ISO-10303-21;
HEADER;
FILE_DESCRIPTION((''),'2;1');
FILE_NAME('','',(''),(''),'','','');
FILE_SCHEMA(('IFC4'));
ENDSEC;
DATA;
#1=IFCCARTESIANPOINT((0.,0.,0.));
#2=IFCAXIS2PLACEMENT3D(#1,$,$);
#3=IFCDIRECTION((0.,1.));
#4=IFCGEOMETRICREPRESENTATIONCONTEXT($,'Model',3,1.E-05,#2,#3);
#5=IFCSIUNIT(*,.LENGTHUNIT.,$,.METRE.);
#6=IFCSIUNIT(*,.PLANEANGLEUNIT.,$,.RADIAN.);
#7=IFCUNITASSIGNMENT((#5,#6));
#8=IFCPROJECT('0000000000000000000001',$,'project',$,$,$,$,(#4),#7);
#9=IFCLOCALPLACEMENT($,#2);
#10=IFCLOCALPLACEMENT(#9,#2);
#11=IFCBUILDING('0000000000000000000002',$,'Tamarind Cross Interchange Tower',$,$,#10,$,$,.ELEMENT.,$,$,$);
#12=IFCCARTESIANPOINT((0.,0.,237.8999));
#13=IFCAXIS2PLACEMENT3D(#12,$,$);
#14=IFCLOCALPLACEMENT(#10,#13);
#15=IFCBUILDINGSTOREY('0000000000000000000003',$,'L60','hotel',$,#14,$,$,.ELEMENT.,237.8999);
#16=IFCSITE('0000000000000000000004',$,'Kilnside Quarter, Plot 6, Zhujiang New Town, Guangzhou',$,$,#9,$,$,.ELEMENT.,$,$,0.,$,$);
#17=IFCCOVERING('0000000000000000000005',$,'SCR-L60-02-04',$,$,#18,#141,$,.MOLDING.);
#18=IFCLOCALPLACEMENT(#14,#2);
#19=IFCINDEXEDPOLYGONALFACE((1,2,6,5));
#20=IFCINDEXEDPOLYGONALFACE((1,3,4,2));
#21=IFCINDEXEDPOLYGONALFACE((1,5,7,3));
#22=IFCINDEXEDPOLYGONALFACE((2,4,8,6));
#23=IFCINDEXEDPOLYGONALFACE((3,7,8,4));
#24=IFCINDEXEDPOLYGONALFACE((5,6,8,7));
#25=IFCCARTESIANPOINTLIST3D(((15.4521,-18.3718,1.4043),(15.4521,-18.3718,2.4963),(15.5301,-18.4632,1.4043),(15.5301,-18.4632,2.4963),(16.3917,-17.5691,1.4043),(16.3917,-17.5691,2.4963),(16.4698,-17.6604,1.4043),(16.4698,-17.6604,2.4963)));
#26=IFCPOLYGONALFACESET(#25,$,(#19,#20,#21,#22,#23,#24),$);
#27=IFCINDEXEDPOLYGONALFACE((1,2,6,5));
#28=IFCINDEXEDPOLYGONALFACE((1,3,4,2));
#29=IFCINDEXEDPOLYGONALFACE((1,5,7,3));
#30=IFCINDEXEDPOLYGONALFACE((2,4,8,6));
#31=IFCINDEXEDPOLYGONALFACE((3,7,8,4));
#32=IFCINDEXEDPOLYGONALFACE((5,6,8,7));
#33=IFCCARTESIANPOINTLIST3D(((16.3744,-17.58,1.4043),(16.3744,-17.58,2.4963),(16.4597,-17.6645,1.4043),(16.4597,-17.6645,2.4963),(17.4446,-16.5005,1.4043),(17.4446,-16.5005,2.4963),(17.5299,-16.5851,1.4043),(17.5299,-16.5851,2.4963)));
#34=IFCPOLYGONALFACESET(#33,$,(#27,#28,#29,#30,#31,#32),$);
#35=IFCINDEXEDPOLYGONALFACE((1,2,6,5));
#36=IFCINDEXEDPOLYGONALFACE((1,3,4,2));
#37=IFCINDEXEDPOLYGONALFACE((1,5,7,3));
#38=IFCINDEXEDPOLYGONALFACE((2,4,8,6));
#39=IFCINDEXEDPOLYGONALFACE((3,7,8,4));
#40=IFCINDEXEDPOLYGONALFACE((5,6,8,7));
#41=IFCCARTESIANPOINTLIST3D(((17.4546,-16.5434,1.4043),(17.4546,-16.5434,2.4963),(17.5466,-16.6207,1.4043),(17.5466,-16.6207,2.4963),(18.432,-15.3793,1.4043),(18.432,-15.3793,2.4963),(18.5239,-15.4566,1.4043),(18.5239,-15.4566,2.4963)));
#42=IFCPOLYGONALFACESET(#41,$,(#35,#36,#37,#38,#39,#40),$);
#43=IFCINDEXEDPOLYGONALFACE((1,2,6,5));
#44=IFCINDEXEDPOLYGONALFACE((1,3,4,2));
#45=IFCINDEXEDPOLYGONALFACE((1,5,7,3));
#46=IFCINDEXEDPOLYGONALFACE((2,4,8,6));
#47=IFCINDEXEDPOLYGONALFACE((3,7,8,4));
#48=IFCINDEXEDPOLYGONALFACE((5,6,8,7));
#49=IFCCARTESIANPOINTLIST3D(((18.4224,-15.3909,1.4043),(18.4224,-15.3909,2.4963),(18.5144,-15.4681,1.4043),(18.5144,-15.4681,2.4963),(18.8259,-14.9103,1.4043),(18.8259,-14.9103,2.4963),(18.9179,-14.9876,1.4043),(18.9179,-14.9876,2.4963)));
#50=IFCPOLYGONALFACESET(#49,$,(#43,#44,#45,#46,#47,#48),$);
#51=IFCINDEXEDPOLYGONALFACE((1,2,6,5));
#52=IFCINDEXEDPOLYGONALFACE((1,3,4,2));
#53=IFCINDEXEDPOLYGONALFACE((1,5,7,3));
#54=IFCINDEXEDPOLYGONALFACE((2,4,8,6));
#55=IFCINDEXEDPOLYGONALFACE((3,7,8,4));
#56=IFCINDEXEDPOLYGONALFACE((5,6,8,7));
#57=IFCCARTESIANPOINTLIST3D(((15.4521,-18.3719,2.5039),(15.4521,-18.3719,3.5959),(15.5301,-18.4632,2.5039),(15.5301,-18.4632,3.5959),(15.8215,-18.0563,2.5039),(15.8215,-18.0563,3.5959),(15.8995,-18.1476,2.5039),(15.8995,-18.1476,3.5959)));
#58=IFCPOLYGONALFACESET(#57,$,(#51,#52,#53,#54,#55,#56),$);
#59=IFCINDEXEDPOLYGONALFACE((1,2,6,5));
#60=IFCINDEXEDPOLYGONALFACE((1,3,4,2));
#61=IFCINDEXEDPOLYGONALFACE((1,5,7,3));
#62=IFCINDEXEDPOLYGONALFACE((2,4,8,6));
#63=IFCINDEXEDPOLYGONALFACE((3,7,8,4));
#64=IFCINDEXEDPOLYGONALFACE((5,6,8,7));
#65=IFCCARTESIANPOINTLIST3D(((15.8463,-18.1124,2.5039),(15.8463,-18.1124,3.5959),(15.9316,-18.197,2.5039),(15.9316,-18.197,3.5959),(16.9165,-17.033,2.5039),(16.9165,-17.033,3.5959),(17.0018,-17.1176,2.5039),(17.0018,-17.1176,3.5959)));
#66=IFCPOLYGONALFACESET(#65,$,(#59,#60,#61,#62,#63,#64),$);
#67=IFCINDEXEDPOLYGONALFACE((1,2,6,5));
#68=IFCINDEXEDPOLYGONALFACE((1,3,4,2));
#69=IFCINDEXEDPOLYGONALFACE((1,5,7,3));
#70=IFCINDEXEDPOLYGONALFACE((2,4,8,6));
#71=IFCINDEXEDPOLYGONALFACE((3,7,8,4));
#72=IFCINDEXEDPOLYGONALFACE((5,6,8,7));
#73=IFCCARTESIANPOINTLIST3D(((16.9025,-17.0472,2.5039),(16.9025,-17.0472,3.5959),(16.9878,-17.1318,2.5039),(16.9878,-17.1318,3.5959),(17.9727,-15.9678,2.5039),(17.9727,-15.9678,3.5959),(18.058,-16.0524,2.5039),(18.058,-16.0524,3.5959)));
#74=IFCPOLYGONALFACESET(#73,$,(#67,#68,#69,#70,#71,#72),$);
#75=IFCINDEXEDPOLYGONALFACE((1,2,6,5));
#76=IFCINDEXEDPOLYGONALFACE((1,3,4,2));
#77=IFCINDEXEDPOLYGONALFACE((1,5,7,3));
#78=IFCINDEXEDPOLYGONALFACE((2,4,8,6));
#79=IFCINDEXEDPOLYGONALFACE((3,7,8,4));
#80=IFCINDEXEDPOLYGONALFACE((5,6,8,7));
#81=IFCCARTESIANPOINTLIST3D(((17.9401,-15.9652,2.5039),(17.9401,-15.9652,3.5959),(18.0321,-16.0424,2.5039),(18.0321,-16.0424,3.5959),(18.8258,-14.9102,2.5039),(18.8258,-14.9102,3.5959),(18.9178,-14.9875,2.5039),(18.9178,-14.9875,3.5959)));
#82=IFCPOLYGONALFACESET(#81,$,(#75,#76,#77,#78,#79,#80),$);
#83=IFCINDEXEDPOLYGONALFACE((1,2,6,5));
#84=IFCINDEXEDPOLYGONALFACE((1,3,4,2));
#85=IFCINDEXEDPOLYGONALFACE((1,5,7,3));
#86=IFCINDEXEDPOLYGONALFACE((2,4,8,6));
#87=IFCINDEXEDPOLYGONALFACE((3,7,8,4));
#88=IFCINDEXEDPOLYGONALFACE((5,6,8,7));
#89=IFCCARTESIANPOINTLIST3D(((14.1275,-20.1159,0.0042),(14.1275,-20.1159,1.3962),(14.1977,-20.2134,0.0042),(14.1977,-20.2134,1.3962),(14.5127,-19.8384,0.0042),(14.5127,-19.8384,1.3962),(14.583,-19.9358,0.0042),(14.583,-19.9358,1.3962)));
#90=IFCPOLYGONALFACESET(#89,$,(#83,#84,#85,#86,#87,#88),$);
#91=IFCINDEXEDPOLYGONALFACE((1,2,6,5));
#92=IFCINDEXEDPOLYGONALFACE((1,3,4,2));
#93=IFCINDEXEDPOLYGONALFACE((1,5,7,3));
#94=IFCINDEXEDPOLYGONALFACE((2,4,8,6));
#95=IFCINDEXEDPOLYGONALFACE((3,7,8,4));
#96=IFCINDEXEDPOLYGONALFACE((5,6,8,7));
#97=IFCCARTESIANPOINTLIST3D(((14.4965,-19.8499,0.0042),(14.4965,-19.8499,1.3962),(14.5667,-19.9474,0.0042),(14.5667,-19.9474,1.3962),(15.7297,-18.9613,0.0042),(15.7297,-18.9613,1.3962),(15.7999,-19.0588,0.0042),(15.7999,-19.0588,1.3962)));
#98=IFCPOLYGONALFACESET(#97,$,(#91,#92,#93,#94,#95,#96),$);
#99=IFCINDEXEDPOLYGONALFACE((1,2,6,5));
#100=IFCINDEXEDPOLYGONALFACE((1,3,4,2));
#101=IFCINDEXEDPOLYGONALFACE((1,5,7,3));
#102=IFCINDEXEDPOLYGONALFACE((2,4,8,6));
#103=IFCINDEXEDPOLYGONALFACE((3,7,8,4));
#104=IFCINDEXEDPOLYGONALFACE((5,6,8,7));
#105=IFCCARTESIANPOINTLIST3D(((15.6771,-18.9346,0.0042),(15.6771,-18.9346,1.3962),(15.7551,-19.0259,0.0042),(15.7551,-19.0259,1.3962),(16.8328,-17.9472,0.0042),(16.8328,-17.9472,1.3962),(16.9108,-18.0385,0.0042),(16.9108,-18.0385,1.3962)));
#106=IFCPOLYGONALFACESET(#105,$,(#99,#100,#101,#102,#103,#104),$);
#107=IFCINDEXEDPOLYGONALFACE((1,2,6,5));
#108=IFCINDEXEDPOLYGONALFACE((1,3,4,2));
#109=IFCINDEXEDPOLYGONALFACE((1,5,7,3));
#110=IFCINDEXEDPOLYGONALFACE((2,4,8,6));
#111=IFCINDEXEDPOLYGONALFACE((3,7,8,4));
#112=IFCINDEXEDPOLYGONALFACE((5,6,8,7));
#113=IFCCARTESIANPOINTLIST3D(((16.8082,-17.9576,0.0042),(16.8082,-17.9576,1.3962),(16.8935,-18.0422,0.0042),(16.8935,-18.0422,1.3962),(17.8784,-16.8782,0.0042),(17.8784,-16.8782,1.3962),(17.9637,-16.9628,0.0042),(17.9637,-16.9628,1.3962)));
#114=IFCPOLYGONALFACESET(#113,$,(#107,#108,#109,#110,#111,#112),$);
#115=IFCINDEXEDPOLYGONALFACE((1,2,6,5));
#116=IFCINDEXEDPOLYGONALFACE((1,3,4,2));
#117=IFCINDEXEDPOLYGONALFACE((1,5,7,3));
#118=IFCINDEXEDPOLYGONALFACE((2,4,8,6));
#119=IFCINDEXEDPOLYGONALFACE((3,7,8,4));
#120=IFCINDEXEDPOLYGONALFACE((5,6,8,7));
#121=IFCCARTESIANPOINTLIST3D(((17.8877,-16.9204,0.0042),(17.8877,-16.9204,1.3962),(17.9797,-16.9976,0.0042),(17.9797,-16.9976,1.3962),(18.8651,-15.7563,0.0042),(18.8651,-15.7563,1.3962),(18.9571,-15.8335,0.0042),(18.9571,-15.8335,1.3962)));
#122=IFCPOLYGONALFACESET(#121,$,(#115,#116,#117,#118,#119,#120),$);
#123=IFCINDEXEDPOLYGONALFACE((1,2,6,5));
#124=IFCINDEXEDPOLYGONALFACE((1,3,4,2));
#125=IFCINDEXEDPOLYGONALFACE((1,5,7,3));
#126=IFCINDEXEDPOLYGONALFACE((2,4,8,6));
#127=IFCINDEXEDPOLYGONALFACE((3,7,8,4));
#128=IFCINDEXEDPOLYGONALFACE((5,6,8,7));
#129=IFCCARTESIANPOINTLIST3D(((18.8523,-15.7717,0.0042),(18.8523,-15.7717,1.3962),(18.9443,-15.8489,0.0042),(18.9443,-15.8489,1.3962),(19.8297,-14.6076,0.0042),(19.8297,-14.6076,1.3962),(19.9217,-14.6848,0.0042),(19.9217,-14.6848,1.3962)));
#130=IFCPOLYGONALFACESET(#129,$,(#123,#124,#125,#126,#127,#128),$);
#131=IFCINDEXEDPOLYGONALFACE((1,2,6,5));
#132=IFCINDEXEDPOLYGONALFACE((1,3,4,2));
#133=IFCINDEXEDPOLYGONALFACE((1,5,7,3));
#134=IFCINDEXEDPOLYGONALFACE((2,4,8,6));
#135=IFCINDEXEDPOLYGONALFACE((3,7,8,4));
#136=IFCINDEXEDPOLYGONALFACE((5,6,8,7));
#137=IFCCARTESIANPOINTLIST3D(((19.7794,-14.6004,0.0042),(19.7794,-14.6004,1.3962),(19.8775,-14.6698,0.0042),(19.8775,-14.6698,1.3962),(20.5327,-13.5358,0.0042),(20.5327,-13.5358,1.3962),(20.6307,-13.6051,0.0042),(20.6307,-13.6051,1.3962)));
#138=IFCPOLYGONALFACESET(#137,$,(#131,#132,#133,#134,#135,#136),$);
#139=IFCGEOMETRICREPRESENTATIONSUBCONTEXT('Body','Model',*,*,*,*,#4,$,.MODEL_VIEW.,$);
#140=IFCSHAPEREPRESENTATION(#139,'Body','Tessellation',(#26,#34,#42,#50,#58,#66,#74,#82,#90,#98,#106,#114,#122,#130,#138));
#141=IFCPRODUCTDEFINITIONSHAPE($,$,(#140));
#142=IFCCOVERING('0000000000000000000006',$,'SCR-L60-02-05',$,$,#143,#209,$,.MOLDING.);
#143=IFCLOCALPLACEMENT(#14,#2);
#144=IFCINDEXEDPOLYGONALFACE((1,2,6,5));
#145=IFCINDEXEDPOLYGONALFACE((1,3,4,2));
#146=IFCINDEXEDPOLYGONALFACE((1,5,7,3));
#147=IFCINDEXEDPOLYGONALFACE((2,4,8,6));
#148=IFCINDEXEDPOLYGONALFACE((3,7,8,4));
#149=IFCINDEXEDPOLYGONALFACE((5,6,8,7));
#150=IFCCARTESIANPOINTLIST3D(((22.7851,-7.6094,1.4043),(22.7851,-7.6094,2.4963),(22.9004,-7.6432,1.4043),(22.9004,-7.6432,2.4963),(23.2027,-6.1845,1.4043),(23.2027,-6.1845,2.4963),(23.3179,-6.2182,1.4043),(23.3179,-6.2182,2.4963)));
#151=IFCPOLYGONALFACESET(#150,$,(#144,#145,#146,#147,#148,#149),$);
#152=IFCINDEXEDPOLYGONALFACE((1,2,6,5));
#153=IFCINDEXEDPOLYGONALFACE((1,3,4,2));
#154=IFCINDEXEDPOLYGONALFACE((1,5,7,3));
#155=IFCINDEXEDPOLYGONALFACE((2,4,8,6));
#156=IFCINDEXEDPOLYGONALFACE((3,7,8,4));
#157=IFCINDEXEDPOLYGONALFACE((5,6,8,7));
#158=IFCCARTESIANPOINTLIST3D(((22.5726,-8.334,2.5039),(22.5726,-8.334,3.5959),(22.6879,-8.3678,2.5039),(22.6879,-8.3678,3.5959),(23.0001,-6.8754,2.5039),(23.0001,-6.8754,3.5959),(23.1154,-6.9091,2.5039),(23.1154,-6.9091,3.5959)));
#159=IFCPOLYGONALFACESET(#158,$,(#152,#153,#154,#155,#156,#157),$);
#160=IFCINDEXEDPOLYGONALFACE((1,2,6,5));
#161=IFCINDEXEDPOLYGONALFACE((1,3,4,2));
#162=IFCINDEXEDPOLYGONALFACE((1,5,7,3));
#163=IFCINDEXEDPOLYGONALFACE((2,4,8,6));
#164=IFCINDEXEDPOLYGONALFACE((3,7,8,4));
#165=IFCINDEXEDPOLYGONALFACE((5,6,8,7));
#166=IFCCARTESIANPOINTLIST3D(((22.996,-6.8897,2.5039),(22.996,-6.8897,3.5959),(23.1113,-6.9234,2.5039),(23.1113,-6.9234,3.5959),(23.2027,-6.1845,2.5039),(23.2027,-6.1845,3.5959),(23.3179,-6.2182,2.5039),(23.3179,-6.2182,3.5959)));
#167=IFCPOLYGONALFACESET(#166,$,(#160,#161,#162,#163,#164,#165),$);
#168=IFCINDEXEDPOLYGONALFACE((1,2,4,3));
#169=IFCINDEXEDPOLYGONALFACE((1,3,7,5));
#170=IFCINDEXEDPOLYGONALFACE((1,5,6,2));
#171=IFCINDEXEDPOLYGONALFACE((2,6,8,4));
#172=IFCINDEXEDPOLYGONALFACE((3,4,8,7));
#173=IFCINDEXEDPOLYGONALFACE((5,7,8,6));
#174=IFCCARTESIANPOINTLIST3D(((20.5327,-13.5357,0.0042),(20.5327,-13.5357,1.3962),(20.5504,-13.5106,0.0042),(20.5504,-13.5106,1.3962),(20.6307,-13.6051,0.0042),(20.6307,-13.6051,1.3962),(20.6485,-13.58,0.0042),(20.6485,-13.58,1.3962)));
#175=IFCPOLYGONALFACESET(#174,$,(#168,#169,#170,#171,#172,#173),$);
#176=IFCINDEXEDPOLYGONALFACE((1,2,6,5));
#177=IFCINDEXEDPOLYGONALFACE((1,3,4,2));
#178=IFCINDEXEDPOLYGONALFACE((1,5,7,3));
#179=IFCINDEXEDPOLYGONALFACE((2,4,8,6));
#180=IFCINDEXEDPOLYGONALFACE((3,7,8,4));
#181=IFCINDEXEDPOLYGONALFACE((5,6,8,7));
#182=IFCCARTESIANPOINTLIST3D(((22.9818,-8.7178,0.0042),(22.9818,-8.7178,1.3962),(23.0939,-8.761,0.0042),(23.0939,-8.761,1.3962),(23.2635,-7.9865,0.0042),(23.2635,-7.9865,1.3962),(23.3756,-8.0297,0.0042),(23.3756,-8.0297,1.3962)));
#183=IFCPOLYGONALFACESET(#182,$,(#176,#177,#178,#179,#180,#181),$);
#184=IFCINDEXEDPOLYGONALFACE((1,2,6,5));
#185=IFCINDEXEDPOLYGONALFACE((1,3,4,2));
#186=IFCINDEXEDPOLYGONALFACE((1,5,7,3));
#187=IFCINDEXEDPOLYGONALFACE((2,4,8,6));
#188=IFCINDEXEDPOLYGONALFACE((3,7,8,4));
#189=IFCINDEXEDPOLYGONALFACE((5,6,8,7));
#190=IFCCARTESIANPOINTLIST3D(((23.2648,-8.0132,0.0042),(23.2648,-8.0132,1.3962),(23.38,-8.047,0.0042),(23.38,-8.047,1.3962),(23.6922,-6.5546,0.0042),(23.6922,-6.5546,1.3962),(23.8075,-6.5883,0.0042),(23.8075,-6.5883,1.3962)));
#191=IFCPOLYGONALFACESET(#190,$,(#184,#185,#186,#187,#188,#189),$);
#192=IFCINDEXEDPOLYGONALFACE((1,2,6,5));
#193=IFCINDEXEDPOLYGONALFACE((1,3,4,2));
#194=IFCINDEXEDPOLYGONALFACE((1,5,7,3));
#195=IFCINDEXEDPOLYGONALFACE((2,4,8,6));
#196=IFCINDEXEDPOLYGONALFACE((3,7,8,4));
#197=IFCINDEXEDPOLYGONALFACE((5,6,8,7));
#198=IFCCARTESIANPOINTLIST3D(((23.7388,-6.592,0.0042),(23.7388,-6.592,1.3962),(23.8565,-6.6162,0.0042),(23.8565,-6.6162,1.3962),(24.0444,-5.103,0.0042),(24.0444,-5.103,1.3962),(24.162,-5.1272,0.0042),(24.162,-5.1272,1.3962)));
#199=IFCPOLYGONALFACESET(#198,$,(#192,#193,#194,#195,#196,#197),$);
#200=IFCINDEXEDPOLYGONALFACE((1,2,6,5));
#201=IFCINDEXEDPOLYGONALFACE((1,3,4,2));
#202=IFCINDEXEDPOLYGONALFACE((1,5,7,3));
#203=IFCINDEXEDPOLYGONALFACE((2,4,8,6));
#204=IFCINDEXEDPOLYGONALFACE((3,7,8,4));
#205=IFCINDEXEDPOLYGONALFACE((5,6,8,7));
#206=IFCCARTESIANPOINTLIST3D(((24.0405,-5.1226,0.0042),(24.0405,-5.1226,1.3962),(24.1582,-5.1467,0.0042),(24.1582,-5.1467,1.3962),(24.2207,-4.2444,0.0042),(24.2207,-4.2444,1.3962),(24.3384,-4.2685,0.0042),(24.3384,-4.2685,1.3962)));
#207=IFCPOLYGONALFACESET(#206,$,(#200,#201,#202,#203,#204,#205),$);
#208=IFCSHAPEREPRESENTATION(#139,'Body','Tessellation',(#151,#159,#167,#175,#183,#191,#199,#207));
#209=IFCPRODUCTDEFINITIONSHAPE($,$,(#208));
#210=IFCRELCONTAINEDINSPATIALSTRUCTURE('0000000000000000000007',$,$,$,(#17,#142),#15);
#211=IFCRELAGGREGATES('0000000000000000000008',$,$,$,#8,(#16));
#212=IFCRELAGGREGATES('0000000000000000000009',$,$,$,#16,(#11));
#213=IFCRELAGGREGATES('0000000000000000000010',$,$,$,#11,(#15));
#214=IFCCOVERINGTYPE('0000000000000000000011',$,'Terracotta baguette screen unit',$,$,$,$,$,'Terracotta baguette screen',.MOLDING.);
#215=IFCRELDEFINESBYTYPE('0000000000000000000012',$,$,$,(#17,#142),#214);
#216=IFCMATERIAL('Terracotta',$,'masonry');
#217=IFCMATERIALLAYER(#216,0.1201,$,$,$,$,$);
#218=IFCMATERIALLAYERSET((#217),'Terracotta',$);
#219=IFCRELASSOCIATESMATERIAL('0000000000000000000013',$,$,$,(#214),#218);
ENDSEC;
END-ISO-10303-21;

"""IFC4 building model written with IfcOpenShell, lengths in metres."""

from ifc_helpers import new_model, si_unit, direction, frame, origin, origin_2d, place, context, subcontext, project, spatial, rectangle, extrude, material, layer, layer_set, type_object, element, save


model = new_model("IFC4")

# Units and contexts
model_context = context("Model", 3, precision=1e-05, world=origin(), true_north=direction((0.0, 1.0)))
body_context = subcontext(model_context, "Body", "Model", "MODEL_VIEW")
ifc_project = project(units=[si_unit("LENGTHUNIT", "METRE"), si_unit("PLANEANGLEUNIT", "RADIAN")], contexts=[model_context])

# Site, building, storey
site_placement = place(None, origin())
site = spatial("IfcSite", under=ifc_project, at=site_placement, Name="Kilnside Quarter, Plot 6, Zhujiang New Town, Guangzhou", CompositionType="ELEMENT", RefElevation=0.0)
building_placement = place(site_placement, origin())
building = spatial("IfcBuilding", under=site, at=building_placement, Name="Tamarind Cross Interchange Tower", CompositionType="ELEMENT")
storey_placement = place(building_placement, frame((0.0, 0.0, 237.8999)))
storey = spatial("IfcBuildingStorey", under=building, at=storey_placement, Name="L60", Description="hotel", CompositionType="ELEMENT", Elevation=237.8999)

# Coverings
ifc_material_1 = material(Name="Terracotta", Category="masonry")
ifc_layer_1 = layer(ifc_material_1, 0.1201)
ifc_layer_set_1 = layer_set([ifc_layer_1], Name="Terracotta")
covering_type = type_object("IfcCoveringType", Name="Terracotta baguette screen unit", ElementType="Terracotta baguette screen", PredefinedType="MOLDING", material=ifc_layer_set_1)
covering_1_placement = place(storey_placement, origin())
element("IfcCovering", 1, at=covering_1_placement, inside=storey, type_object=covering_type, Name="SCR-L60-02-04", PredefinedType="MOLDING", context=body_context, shape_type="SweptSolid", body=[
    extrude(rectangle(XDim=1.2358, YDim=0.1201, at=origin_2d()), frame((15.9609, -18.0161, 1.4043), z_axis=(0.0, 0.0, 1.0), x_axis=(0.760296, 0.649577, 0.0)), (0.0, 0.0, 1.0), 1.092),
    extrude(rectangle(XDim=1.52, YDim=0.1201, at=origin_2d()), frame((16.9521, -17.0825, 1.4043), z_axis=(0.0, 0.0, 1.0), x_axis=(0.704057, 0.710143, 0.0)), (0.0, 0.0, 1.0), 1.092),
    extrude(rectangle(XDim=1.52, YDim=0.1201, at=origin_2d()), frame((17.9893, -16.0, 1.4043), z_axis=(0.0, 0.0, 1.0), x_axis=(0.643009, 0.765858, 0.0)), (0.0, 0.0, 1.0), 1.092),
    extrude(rectangle(XDim=0.6274, YDim=0.1201, at=origin_2d()), frame((18.6702, -15.1892, 1.4043), z_axis=(0.0, 0.0, 1.0), x_axis=(0.643009, 0.765858, 0.0)), (0.0, 0.0, 1.0), 1.092),
    extrude(rectangle(XDim=0.4858, YDim=0.1201, at=origin_2d()), frame((15.6758, -18.2598, 2.5039), z_axis=(0.0, 0.0, 1.0), x_axis=(0.760296, 0.649577, 0.0)), (0.0, 0.0, 1.0), 1.092),
    extrude(rectangle(XDim=1.52, YDim=0.1201, at=origin_2d()), frame((16.4241, -17.615, 2.5039), z_axis=(0.0, 0.0, 1.0), x_axis=(0.704057, 0.710143, 0.0)), (0.0, 0.0, 1.0), 1.092),
    extrude(rectangle(XDim=1.52, YDim=0.1201, at=origin_2d()), frame((17.4802, -16.5498, 2.5039), z_axis=(0.0, 0.0, 1.0), x_axis=(0.704057, 0.710143, 0.0)), (0.0, 0.0, 1.0), 1.092),
    extrude(rectangle(XDim=1.3774, YDim=0.1201, at=origin_2d()), frame((18.429, -15.4763, 2.5039), z_axis=(0.0, 0.0, 1.0), x_axis=(0.643009, 0.765858, 0.0)), (0.0, 0.0, 1.0), 1.092),
    extrude(rectangle(XDim=0.4749, YDim=0.1201, at=origin_2d()), frame((14.3552, -20.0259, 0.0042), z_axis=(0.0, 0.0, 1.0), x_axis=(0.81134, 0.584574, 0.0)), (0.0, 0.0, 1.0), 1.3921),
    extrude(rectangle(XDim=1.52, YDim=0.1201, at=origin_2d()), frame((15.1482, -19.4543, 0.0042), z_axis=(0.0, 0.0, 1.0), x_axis=(0.81134, 0.584574, 0.0)), (0.0, 0.0, 1.0), 1.3921),
    extrude(rectangle(XDim=1.52, YDim=0.1201, at=origin_2d()), frame((16.2939, -18.4866, 0.0042), z_axis=(0.0, 0.0, 1.0), x_axis=(0.760296, 0.649577, 0.0)), (0.0, 0.0, 1.0), 1.3921),
    extrude(rectangle(XDim=1.52, YDim=0.1201, at=origin_2d()), frame((17.386, -17.4602, 0.0042), z_axis=(0.0, 0.0, 1.0), x_axis=(0.704057, 0.710143, 0.0)), (0.0, 0.0, 1.0), 1.3921),
    extrude(rectangle(XDim=1.52, YDim=0.1201, at=origin_2d()), frame((18.4224, -16.377, 0.0042), z_axis=(0.0, 0.0, 1.0), x_axis=(0.643009, 0.765858, 0.0)), (0.0, 0.0, 1.0), 1.3921),
    extrude(rectangle(XDim=1.52, YDim=0.1201, at=origin_2d()), frame((19.387, -15.2283, 0.0042), z_axis=(0.0, 0.0, 1.0), x_axis=(0.643009, 0.765858, 0.0)), (0.0, 0.0, 1.0), 1.3921),
    extrude(rectangle(XDim=1.3042, YDim=0.1201, at=origin_2d()), frame((20.2051, -14.1028, 0.0042), z_axis=(0.0, 0.0, 1.0), x_axis=(0.577569, 0.816342, 0.0)), (0.0, 0.0, 1.0), 1.3921),
])
covering_2_placement = place(storey_placement, origin())
element("IfcCovering", 2, at=covering_2_placement, inside=storey, type_object=covering_type, Name="SCR-L60-02-05", PredefinedType="MOLDING", context=body_context, shape_type="SweptSolid", body=[
    extrude(rectangle(XDim=1.4849, YDim=0.1201, at=origin_2d()), frame((23.0515, -6.9138, 1.4043), z_axis=(0.0, 0.0, 1.0), x_axis=(0.281209, 0.959647, 0.0)), (0.0, 0.0, 1.0), 1.092),
    extrude(rectangle(XDim=1.52, YDim=0.1201, at=origin_2d()), frame((22.844, -7.6216, 2.5039), z_axis=(0.0, 0.0, 1.0), x_axis=(0.281209, 0.959647, 0.0)), (0.0, 0.0, 1.0), 1.092),
    extrude(rectangle(XDim=0.7349, YDim=0.1201, at=origin_2d()), frame((23.157, -6.554, 2.5039), z_axis=(0.0, 0.0, 1.0), x_axis=(0.281209, 0.959647, 0.0)), (0.0, 0.0, 1.0), 1.092),
    extrude(rectangle(XDim=0.0308, YDim=0.1201, at=origin_2d()), frame((20.5906, -13.5579, 0.0042), z_axis=(0.0, 0.0, 1.0), x_axis=(0.577569, 0.816342, 0.0)), (0.0, 0.0, 1.0), 1.3921),
    extrude(rectangle(XDim=0.7837, YDim=0.1201, at=origin_2d()), frame((23.1787, -8.3738, 0.0042), z_axis=(0.0, 0.0, 1.0), x_axis=(0.359495, 0.933147, 0.0)), (0.0, 0.0, 1.0), 1.3921),
    extrude(rectangle(XDim=1.52, YDim=0.1201, at=origin_2d()), frame((23.5361, -7.3008, 0.0042), z_axis=(0.0, 0.0, 1.0), x_axis=(0.281209, 0.959647, 0.0)), (0.0, 0.0, 1.0), 1.3921),
    extrude(rectangle(XDim=1.52, YDim=0.1201, at=origin_2d()), frame((23.9504, -5.8596, 0.0042), z_axis=(0.0, 0.0, 1.0), x_axis=(0.201001, 0.979591, 0.0)), (0.0, 0.0, 1.0), 1.3921),
    extrude(rectangle(XDim=0.8965, YDim=0.1201, at=origin_2d()), frame((24.1895, -4.6956, 0.0042), z_axis=(0.0, 0.0, 1.0), x_axis=(0.201001, 0.979591, 0.0)), (0.0, 0.0, 1.0), 1.3921),
])

save(model, "model.ifc")
